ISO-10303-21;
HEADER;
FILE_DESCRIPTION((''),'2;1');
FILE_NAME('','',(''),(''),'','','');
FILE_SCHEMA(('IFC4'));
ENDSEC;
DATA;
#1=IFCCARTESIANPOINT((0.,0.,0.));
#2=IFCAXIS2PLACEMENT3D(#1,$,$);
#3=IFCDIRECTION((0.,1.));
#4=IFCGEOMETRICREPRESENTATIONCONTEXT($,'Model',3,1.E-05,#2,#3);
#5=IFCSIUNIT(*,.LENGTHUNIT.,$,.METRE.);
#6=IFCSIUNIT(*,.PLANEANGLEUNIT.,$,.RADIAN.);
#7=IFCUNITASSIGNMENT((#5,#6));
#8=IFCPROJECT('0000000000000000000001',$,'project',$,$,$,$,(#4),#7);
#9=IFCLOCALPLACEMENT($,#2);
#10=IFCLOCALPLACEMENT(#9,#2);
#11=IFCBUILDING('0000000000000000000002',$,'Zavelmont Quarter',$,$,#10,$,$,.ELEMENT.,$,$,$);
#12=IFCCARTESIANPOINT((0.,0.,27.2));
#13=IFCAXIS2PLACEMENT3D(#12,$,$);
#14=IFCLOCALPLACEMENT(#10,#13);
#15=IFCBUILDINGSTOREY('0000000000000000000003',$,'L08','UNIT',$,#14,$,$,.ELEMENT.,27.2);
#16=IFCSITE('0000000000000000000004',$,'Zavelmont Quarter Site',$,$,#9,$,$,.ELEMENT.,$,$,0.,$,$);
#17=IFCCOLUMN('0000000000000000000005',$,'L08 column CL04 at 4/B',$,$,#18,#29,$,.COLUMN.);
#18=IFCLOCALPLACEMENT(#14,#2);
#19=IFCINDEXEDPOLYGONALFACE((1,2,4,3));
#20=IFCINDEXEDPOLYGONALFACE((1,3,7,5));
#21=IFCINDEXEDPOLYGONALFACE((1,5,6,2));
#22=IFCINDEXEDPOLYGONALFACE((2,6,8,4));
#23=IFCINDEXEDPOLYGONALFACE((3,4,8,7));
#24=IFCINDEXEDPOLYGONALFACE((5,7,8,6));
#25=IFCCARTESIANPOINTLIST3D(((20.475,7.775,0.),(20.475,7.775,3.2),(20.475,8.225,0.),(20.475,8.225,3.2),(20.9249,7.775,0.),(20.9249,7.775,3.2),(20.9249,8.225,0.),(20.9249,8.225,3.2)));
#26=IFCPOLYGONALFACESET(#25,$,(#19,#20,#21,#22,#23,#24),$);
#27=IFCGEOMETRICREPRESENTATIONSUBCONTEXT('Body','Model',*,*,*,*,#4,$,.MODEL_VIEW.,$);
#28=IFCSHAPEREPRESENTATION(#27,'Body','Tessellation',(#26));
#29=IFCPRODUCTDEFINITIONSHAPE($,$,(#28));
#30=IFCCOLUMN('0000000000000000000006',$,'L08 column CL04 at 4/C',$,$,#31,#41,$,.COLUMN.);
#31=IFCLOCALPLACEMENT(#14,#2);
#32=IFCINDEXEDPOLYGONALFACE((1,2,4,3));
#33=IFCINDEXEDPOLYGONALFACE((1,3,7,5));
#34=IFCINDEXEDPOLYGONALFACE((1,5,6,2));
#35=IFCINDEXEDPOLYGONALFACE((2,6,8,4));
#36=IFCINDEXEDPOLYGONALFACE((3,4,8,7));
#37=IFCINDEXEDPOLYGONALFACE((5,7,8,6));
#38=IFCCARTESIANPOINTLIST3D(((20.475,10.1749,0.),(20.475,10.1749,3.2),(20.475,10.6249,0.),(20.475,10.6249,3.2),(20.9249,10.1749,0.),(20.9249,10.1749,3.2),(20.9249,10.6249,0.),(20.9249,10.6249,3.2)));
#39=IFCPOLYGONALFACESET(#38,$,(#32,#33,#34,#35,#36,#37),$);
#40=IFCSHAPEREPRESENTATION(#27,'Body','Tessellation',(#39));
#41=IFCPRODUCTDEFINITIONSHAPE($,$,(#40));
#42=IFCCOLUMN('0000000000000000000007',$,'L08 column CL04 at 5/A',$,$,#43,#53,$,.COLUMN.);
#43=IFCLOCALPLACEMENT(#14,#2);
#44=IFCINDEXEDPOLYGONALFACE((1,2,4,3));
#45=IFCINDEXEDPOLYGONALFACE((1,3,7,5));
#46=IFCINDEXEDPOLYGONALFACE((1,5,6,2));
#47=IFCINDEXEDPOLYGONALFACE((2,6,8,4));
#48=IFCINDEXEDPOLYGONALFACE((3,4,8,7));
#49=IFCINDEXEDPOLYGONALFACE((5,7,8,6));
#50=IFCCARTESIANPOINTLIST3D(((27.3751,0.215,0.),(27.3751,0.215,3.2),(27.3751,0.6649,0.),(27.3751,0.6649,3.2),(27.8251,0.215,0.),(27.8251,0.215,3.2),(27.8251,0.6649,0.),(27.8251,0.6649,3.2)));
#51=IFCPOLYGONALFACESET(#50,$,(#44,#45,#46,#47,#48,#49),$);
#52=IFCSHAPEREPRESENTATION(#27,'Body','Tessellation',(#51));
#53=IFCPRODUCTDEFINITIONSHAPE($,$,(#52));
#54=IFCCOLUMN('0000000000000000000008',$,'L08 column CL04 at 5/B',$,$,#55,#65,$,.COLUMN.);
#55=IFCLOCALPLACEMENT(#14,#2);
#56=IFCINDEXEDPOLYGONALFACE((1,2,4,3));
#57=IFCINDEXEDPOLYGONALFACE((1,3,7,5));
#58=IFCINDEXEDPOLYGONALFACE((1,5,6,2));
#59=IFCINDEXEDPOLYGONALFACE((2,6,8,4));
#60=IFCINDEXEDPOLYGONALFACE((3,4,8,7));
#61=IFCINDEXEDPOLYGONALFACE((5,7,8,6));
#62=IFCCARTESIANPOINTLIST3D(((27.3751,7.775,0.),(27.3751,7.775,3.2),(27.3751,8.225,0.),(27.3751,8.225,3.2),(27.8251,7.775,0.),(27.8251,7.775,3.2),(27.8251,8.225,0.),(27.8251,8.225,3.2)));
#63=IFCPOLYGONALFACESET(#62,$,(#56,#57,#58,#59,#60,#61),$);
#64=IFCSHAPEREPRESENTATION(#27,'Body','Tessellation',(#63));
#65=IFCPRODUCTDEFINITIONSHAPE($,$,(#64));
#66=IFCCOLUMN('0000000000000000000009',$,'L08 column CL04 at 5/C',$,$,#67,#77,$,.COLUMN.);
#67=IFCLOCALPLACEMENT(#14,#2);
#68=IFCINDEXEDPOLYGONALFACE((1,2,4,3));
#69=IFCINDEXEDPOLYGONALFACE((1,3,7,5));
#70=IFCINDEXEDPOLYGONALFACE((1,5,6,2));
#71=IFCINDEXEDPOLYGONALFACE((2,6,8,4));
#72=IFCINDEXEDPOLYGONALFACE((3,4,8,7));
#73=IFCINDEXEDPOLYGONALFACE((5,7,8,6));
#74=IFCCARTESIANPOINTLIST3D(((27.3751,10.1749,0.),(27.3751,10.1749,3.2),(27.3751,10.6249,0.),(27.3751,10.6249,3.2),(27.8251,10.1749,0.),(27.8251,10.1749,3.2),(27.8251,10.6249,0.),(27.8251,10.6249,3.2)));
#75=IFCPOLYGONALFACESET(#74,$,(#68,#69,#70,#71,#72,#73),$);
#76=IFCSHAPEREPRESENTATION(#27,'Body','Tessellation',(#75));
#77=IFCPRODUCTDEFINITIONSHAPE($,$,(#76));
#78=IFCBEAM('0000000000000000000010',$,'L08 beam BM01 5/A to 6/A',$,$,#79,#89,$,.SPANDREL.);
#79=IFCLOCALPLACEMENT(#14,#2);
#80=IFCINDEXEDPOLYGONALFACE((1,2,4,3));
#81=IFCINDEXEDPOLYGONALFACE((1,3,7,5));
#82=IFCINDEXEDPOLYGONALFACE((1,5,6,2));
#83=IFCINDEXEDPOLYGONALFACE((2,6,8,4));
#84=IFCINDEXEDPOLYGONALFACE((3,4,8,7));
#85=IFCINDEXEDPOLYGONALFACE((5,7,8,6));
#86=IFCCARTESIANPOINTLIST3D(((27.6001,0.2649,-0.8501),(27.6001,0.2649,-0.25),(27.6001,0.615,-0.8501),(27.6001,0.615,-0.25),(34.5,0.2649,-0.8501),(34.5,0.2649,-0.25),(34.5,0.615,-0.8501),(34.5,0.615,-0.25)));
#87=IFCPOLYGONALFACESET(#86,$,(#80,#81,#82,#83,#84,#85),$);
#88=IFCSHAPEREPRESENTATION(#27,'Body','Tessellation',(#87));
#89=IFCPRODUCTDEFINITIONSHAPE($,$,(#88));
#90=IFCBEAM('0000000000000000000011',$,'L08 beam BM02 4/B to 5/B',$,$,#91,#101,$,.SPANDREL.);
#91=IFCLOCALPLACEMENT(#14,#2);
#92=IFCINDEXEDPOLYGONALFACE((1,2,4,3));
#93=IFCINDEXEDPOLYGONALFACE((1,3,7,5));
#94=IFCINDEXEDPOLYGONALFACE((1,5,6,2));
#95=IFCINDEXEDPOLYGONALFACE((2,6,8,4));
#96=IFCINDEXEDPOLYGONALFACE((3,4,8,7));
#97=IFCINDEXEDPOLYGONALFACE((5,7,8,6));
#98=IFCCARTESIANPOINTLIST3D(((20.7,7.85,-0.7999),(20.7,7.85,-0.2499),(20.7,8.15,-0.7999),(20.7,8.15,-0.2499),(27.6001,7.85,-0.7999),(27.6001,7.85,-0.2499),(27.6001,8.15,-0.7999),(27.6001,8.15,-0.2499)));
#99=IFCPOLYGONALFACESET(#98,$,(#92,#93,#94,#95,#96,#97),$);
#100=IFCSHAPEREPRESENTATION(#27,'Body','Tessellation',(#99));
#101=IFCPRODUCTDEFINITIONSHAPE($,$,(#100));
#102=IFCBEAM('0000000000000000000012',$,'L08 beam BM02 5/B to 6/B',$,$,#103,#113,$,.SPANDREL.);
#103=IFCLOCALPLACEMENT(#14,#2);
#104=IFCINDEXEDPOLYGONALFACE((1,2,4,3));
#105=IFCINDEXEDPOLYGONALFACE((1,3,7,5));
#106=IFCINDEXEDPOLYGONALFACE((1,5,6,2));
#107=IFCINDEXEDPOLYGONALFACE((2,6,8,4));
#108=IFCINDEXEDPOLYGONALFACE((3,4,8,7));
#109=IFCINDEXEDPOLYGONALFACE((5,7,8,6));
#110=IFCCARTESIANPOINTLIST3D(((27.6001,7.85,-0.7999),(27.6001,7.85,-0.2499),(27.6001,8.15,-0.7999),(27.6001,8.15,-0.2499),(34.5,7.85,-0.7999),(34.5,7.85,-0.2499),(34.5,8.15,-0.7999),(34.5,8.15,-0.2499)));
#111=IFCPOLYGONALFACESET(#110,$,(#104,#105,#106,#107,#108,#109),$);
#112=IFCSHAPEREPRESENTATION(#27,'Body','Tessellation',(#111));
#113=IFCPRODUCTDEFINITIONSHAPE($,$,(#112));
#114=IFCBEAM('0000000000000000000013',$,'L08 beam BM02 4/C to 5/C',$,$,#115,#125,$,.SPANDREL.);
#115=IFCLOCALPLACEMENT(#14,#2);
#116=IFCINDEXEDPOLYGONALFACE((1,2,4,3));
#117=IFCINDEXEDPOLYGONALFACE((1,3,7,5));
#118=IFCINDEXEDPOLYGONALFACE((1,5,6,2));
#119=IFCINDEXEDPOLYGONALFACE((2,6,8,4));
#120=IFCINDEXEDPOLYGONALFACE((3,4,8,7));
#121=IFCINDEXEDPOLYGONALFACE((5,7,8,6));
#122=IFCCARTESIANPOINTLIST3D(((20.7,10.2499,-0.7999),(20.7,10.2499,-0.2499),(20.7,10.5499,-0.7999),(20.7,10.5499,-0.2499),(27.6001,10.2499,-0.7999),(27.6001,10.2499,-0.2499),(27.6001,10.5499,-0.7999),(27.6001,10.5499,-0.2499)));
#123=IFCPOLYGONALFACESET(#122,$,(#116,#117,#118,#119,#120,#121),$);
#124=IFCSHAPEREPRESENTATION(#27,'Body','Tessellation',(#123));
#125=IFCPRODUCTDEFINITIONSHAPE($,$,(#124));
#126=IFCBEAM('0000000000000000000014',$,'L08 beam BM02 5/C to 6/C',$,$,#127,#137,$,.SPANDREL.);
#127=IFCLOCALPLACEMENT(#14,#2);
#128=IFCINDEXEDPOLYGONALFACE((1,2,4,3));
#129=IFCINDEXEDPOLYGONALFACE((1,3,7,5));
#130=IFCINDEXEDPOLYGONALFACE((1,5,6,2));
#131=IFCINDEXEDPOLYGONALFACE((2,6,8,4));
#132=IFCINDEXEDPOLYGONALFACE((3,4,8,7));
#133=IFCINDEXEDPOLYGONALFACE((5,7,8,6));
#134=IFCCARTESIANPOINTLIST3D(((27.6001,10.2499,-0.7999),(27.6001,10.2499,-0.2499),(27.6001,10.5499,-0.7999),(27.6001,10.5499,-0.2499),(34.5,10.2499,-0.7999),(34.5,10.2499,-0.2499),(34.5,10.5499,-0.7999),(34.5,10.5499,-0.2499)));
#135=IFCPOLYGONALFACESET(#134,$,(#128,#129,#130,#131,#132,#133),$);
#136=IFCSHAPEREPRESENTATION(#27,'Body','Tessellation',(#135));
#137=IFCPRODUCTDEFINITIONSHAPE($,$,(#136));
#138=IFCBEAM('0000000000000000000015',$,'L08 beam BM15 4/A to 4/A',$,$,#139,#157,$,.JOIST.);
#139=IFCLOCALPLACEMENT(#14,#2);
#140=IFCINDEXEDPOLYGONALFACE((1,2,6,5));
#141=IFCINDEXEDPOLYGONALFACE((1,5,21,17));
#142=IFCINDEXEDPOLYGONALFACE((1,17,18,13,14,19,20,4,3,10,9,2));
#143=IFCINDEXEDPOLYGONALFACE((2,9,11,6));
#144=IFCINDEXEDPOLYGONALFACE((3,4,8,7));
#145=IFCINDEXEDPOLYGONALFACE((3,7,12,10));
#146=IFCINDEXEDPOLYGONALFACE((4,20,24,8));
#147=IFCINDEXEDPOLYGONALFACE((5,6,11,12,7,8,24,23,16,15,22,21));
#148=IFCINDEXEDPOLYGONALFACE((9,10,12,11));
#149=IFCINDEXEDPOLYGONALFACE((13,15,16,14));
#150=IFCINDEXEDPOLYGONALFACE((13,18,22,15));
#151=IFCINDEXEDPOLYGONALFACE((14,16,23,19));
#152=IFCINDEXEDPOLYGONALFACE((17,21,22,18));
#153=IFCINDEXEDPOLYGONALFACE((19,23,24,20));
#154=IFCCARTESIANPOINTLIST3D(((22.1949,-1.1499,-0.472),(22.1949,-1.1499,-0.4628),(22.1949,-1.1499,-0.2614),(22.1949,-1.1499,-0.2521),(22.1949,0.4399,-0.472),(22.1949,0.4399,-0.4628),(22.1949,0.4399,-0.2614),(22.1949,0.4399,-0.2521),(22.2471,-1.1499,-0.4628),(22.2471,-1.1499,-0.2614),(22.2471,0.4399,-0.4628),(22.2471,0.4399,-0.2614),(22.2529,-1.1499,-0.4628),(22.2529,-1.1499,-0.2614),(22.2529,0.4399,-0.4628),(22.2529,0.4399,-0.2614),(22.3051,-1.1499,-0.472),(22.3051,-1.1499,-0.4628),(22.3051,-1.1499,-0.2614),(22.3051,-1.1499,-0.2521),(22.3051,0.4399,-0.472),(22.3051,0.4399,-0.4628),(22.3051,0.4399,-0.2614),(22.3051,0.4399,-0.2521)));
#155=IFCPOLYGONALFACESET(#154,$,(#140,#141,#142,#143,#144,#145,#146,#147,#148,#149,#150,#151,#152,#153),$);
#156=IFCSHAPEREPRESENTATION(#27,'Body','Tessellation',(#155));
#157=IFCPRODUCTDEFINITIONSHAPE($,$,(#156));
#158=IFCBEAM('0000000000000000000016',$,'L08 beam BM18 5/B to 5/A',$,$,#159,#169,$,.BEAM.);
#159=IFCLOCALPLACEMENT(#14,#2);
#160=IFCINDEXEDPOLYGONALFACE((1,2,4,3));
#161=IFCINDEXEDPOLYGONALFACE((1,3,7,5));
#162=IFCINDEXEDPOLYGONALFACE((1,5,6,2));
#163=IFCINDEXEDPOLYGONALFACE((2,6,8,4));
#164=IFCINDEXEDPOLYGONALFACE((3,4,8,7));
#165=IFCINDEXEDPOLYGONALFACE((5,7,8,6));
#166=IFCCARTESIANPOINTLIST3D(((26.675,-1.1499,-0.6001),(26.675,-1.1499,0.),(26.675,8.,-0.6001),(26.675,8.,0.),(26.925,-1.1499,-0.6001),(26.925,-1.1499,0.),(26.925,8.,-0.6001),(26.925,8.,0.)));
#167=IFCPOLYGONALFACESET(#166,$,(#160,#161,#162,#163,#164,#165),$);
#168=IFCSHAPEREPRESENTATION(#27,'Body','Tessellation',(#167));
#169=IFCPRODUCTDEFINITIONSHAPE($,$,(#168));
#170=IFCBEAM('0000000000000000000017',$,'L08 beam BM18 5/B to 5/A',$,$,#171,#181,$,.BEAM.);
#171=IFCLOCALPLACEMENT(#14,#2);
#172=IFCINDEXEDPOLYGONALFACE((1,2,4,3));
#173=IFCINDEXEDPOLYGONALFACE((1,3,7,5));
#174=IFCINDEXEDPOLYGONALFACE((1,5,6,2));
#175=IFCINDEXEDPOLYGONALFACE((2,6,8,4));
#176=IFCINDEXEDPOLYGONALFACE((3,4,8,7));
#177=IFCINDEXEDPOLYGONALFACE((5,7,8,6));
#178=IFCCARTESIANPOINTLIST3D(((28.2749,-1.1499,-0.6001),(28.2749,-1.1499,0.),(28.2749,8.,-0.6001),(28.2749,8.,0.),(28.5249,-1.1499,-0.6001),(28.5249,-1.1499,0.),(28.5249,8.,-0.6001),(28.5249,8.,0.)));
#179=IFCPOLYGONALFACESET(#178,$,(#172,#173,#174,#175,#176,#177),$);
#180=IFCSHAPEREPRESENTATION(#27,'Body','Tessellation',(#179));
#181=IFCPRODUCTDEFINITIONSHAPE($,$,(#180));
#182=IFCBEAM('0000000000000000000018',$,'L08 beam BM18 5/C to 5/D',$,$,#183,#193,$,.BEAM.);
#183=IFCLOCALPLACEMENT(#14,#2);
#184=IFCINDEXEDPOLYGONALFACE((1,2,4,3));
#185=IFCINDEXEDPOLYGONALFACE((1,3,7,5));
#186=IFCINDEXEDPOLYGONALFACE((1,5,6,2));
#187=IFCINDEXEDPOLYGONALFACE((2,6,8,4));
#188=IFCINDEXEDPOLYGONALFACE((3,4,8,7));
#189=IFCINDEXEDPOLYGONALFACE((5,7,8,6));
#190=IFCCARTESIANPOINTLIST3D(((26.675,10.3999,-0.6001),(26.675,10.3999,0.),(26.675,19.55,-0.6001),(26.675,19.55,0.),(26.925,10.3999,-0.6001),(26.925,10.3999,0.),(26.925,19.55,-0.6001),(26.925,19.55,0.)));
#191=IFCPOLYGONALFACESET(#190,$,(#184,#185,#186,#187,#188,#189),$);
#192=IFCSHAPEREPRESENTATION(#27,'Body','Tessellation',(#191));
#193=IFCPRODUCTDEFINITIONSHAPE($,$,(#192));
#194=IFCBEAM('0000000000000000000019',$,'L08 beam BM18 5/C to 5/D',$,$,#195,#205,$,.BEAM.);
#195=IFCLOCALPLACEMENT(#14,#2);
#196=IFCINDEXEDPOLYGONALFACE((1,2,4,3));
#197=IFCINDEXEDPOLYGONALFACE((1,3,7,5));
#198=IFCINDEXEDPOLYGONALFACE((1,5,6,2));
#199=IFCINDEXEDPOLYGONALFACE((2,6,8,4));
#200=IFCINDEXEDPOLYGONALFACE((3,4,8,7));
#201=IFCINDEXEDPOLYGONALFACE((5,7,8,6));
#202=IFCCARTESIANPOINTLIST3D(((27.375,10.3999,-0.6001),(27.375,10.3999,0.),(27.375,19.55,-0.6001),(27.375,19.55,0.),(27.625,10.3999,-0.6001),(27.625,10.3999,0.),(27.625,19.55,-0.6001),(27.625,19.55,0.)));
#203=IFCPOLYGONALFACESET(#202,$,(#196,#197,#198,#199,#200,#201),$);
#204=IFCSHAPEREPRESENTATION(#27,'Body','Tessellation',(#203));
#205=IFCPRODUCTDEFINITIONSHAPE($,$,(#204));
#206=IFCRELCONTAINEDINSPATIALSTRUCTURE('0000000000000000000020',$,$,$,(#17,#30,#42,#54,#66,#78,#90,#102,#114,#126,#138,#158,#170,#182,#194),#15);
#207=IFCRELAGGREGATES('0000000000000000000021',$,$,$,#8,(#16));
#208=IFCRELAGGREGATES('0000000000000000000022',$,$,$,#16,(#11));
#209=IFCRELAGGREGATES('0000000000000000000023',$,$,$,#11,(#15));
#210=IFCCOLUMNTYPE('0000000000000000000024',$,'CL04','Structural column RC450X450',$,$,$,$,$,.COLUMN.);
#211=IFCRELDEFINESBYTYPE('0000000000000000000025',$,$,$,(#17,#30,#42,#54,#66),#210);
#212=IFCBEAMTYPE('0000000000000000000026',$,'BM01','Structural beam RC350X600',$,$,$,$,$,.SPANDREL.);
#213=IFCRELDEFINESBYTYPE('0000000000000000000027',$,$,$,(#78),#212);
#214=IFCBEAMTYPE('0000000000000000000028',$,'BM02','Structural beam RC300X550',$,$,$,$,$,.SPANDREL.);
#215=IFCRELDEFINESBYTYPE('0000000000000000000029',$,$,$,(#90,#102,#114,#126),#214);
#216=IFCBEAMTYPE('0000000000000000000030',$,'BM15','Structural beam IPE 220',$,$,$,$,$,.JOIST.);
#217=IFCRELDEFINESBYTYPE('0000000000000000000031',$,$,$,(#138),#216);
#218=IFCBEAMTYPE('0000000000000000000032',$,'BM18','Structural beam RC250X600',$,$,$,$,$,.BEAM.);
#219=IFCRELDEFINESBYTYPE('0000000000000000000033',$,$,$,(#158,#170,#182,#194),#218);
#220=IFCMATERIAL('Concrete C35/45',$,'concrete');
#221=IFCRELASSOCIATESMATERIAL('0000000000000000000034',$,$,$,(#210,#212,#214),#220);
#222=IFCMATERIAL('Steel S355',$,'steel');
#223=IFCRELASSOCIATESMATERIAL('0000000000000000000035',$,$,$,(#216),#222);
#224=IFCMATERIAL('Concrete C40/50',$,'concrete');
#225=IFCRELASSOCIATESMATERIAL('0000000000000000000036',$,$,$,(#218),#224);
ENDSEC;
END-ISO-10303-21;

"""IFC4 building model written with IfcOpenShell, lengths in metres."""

from ifc_helpers import new_model, si_unit, direction, frame, origin, origin_2d, place, context, subcontext, project, spatial, rectangle, i_section, extrude, material, material_profile, profile_set, type_object, element, save


model = new_model("IFC4")

# Units and contexts
model_context = context("Model", 3, precision=1e-05, world=origin(), true_north=direction((0.0, 1.0)))
body_context = subcontext(model_context, "Body", "Model", "MODEL_VIEW")
ifc_project = project(units=[si_unit("LENGTHUNIT", "METRE"), si_unit("PLANEANGLEUNIT", "RADIAN")], contexts=[model_context])

# Site, building, storey
site_placement = place(None, origin())
site = spatial("IfcSite", under=ifc_project, at=site_placement, Name="Zavelmont Quarter Site", CompositionType="ELEMENT", RefElevation=0.0)
building_placement = place(site_placement, origin())
building = spatial("IfcBuilding", under=site, at=building_placement, Name="Zavelmont Quarter", CompositionType="ELEMENT")
storey_placement = place(building_placement, frame((0.0, 0.0, 27.2)))
storey = spatial("IfcBuildingStorey", under=building, at=storey_placement, Name="L08", Description="UNIT", CompositionType="ELEMENT", Elevation=27.2)

# Columns
ifc_material_1 = material(Name="Concrete C35/45", Category="concrete")
ifc_material_profile_1 = material_profile(ifc_material_1, rectangle(XDim=0.45, YDim=0.45, at=origin_2d()), Name="RC450X450")
ifc_profile_set_1 = profile_set([ifc_material_profile_1], Name="Concrete C35/45")
column_type = type_object("IfcColumnType", Name="CL04", Description="Structural column RC450X450", PredefinedType="COLUMN", material=ifc_profile_set_1)
for number, where, z_axis, x_axis, name in (
    (1, (20.7, 8.0, 0.0), (0.0, 0.0, 1.0), (1.0, 0.0, 0.0), "L08 column CL04 at 4/B"),
    (2, (20.7, 10.3999, 0.0), (0.0, 0.0, 1.0), (1.0, 0.0, 0.0), "L08 column CL04 at 4/C"),
    (3, (27.6001, 0.4399, 0.0), (0.0, 0.0, 1.0), (1.0, 0.0, 0.0), "L08 column CL04 at 5/A"),
    (4, (27.6001, 8.0, 0.0), (0.0, 0.0, 1.0), (1.0, 0.0, 0.0), "L08 column CL04 at 5/B"),
    (5, (27.6001, 10.3999, 0.0), (0.0, 0.0, 1.0), (1.0, 0.0, 0.0), "L08 column CL04 at 5/C"),
):
    element("IfcColumn", number, at=place(storey_placement, frame(where, z_axis=z_axis, x_axis=x_axis)), inside=storey, type_object=column_type, Name=name, PredefinedType="COLUMN", context=body_context, shape_type="SweptSolid", body=[
        extrude(rectangle(XDim=0.45, YDim=0.45, at=origin_2d()), origin(), (0.0, 0.0, 1.0), 3.2),
    ])

# Beams
ifc_material_profile_2 = material_profile(ifc_material_1, rectangle(XDim=0.3501, YDim=0.6001, at=origin_2d()), Name="RC350X600")
ifc_profile_set_2 = profile_set([ifc_material_profile_2], Name="Concrete C35/45")
beam_type_1 = type_object("IfcBeamType", Name="BM01", Description="Structural beam RC350X600", PredefinedType="SPANDREL", material=ifc_profile_set_2)
beam_1_placement = place(storey_placement, frame((27.6001, 0.4399, -0.55), z_axis=(1.0, 0.0, 0.0), x_axis=(0.0, 1.0, 0.0)))
element("IfcBeam", 6, at=beam_1_placement, inside=storey, type_object=beam_type_1, Name="L08 beam BM01 5/A to 6/A", PredefinedType="SPANDREL", context=body_context, shape_type="SweptSolid", body=[
    extrude(rectangle(XDim=0.3501, YDim=0.6001, at=origin_2d()), origin(), (0.0, 0.0, 1.0), 6.8999),
])
ifc_material_profile_3 = material_profile(ifc_material_1, rectangle(XDim=0.3, YDim=0.55, at=origin_2d()), Name="RC300X550")
ifc_profile_set_3 = profile_set([ifc_material_profile_3], Name="Concrete C35/45")
beam_type_2 = type_object("IfcBeamType", Name="BM02", Description="Structural beam RC300X550", PredefinedType="SPANDREL", material=ifc_profile_set_3)
beam_2_placement = place(storey_placement, frame((20.7, 8.0, -0.5249), z_axis=(1.0, 0.0, 0.0), x_axis=(0.0, 1.0, 0.0)))
element("IfcBeam", 7, at=beam_2_placement, inside=storey, type_object=beam_type_2, Name="L08 beam BM02 4/B to 5/B", PredefinedType="SPANDREL", context=body_context, shape_type="SweptSolid", body=[
    extrude(rectangle(XDim=0.3, YDim=0.55, at=origin_2d()), origin(), (0.0, 0.0, 1.0), 6.9001),
])
beam_3_placement = place(storey_placement, frame((27.6001, 8.0, -0.5249), z_axis=(1.0, 0.0, 0.0), x_axis=(0.0, 1.0, 0.0)))
element("IfcBeam", 8, at=beam_3_placement, inside=storey, type_object=beam_type_2, Name="L08 beam BM02 5/B to 6/B", PredefinedType="SPANDREL", context=body_context, shape_type="SweptSolid", body=[
    extrude(rectangle(XDim=0.3, YDim=0.55, at=origin_2d()), origin(), (0.0, 0.0, 1.0), 6.8999),
])
beam_4_placement = place(storey_placement, frame((20.7, 10.3999, -0.5249), z_axis=(1.0, 0.0, 0.0), x_axis=(0.0, 1.0, 0.0)))
element("IfcBeam", 9, at=beam_4_placement, inside=storey, type_object=beam_type_2, Name="L08 beam BM02 4/C to 5/C", PredefinedType="SPANDREL", context=body_context, shape_type="SweptSolid", body=[
    extrude(rectangle(XDim=0.3, YDim=0.55, at=origin_2d()), origin(), (0.0, 0.0, 1.0), 6.9001),
])
beam_5_placement = place(storey_placement, frame((27.6001, 10.3999, -0.5249), z_axis=(1.0, 0.0, 0.0), x_axis=(0.0, 1.0, 0.0)))
element("IfcBeam", 10, at=beam_5_placement, inside=storey, type_object=beam_type_2, Name="L08 beam BM02 5/C to 6/C", PredefinedType="SPANDREL", context=body_context, shape_type="SweptSolid", body=[
    extrude(rectangle(XDim=0.3, YDim=0.55, at=origin_2d()), origin(), (0.0, 0.0, 1.0), 6.8999),
])
ifc_material_2 = material(Name="Steel S355", Category="steel")
ifc_material_profile_4 = material_profile(ifc_material_2, i_section(OverallWidth=0.1101, OverallDepth=0.22, WebThickness=0.0059, FlangeThickness=0.0093, at=origin_2d()), Name="IPE 220")
ifc_profile_set_4 = profile_set([ifc_material_profile_4], Name="Steel S355")
beam_type_3 = type_object("IfcBeamType", Name="BM15", Description="Structural beam IPE 220", PredefinedType="JOIST", material=ifc_profile_set_4)
beam_6_placement = place(storey_placement, frame((22.25, 0.4399, -0.3621), z_axis=(0.0, -1.0, 0.0), x_axis=(1.0, 0.0, 0.0)))
element("IfcBeam", 11, at=beam_6_placement, inside=storey, type_object=beam_type_3, Name="L08 beam BM15 4/A to 4/A", PredefinedType="JOIST", context=body_context, shape_type="SweptSolid", body=[
    extrude(i_section(OverallWidth=0.1101, OverallDepth=0.22, WebThickness=0.0059, FlangeThickness=0.0093, at=origin_2d()), origin(), (0.0, 0.0, 1.0), 1.5898),
])
ifc_material_3 = material(Name="Concrete C40/50", Category="concrete")
ifc_material_profile_5 = material_profile(ifc_material_3, rectangle(XDim=0.25, YDim=0.6001, at=origin_2d()), Name="RC250X600")
ifc_profile_set_5 = profile_set([ifc_material_profile_5], Name="Concrete C40/50")
beam_type_4 = type_object("IfcBeamType", Name="BM18", Description="Structural beam RC250X600", PredefinedType="BEAM", material=ifc_profile_set_5)
for number, where, z_axis, x_axis, name in (
    (12, (26.8, 8.0, -0.3), (0.0, -1.0, 0.0), (1.0, 0.0, 0.0), "L08 beam BM18 5/B to 5/A"),
    (13, (28.3999, 8.0, -0.3), (0.0, -1.0, 0.0), (1.0, 0.0, 0.0), "L08 beam BM18 5/B to 5/A"),
):
    element("IfcBeam", number, at=place(storey_placement, frame(where, z_axis=z_axis, x_axis=x_axis)), inside=storey, type_object=beam_type_4, Name=name, PredefinedType="BEAM", context=body_context, shape_type="SweptSolid", body=[
        extrude(rectangle(XDim=0.25, YDim=0.6001, at=origin_2d()), origin(), (0.0, 0.0, 1.0), 9.1499),
    ])
for number, where, z_axis, x_axis, name in (
    (14, (26.8, 10.3999, -0.3), (0.0, 1.0, 0.0), (-1.0, 0.0, 0.0), "L08 beam BM18 5/C to 5/D"),
    (15, (27.5, 10.3999, -0.3), (0.0, 1.0, 0.0), (-1.0, 0.0, 0.0), "L08 beam BM18 5/C to 5/D"),
):
    element("IfcBeam", number, at=place(storey_placement, frame(where, z_axis=z_axis, x_axis=x_axis)), inside=storey, type_object=beam_type_4, Name=name, PredefinedType="BEAM", context=body_context, shape_type="SweptSolid", body=[
        extrude(rectangle(XDim=0.25, YDim=0.6001, at=origin_2d()), origin(), (0.0, 0.0, 1.0), 9.1501),
    ])

save(model, "model.ifc")
